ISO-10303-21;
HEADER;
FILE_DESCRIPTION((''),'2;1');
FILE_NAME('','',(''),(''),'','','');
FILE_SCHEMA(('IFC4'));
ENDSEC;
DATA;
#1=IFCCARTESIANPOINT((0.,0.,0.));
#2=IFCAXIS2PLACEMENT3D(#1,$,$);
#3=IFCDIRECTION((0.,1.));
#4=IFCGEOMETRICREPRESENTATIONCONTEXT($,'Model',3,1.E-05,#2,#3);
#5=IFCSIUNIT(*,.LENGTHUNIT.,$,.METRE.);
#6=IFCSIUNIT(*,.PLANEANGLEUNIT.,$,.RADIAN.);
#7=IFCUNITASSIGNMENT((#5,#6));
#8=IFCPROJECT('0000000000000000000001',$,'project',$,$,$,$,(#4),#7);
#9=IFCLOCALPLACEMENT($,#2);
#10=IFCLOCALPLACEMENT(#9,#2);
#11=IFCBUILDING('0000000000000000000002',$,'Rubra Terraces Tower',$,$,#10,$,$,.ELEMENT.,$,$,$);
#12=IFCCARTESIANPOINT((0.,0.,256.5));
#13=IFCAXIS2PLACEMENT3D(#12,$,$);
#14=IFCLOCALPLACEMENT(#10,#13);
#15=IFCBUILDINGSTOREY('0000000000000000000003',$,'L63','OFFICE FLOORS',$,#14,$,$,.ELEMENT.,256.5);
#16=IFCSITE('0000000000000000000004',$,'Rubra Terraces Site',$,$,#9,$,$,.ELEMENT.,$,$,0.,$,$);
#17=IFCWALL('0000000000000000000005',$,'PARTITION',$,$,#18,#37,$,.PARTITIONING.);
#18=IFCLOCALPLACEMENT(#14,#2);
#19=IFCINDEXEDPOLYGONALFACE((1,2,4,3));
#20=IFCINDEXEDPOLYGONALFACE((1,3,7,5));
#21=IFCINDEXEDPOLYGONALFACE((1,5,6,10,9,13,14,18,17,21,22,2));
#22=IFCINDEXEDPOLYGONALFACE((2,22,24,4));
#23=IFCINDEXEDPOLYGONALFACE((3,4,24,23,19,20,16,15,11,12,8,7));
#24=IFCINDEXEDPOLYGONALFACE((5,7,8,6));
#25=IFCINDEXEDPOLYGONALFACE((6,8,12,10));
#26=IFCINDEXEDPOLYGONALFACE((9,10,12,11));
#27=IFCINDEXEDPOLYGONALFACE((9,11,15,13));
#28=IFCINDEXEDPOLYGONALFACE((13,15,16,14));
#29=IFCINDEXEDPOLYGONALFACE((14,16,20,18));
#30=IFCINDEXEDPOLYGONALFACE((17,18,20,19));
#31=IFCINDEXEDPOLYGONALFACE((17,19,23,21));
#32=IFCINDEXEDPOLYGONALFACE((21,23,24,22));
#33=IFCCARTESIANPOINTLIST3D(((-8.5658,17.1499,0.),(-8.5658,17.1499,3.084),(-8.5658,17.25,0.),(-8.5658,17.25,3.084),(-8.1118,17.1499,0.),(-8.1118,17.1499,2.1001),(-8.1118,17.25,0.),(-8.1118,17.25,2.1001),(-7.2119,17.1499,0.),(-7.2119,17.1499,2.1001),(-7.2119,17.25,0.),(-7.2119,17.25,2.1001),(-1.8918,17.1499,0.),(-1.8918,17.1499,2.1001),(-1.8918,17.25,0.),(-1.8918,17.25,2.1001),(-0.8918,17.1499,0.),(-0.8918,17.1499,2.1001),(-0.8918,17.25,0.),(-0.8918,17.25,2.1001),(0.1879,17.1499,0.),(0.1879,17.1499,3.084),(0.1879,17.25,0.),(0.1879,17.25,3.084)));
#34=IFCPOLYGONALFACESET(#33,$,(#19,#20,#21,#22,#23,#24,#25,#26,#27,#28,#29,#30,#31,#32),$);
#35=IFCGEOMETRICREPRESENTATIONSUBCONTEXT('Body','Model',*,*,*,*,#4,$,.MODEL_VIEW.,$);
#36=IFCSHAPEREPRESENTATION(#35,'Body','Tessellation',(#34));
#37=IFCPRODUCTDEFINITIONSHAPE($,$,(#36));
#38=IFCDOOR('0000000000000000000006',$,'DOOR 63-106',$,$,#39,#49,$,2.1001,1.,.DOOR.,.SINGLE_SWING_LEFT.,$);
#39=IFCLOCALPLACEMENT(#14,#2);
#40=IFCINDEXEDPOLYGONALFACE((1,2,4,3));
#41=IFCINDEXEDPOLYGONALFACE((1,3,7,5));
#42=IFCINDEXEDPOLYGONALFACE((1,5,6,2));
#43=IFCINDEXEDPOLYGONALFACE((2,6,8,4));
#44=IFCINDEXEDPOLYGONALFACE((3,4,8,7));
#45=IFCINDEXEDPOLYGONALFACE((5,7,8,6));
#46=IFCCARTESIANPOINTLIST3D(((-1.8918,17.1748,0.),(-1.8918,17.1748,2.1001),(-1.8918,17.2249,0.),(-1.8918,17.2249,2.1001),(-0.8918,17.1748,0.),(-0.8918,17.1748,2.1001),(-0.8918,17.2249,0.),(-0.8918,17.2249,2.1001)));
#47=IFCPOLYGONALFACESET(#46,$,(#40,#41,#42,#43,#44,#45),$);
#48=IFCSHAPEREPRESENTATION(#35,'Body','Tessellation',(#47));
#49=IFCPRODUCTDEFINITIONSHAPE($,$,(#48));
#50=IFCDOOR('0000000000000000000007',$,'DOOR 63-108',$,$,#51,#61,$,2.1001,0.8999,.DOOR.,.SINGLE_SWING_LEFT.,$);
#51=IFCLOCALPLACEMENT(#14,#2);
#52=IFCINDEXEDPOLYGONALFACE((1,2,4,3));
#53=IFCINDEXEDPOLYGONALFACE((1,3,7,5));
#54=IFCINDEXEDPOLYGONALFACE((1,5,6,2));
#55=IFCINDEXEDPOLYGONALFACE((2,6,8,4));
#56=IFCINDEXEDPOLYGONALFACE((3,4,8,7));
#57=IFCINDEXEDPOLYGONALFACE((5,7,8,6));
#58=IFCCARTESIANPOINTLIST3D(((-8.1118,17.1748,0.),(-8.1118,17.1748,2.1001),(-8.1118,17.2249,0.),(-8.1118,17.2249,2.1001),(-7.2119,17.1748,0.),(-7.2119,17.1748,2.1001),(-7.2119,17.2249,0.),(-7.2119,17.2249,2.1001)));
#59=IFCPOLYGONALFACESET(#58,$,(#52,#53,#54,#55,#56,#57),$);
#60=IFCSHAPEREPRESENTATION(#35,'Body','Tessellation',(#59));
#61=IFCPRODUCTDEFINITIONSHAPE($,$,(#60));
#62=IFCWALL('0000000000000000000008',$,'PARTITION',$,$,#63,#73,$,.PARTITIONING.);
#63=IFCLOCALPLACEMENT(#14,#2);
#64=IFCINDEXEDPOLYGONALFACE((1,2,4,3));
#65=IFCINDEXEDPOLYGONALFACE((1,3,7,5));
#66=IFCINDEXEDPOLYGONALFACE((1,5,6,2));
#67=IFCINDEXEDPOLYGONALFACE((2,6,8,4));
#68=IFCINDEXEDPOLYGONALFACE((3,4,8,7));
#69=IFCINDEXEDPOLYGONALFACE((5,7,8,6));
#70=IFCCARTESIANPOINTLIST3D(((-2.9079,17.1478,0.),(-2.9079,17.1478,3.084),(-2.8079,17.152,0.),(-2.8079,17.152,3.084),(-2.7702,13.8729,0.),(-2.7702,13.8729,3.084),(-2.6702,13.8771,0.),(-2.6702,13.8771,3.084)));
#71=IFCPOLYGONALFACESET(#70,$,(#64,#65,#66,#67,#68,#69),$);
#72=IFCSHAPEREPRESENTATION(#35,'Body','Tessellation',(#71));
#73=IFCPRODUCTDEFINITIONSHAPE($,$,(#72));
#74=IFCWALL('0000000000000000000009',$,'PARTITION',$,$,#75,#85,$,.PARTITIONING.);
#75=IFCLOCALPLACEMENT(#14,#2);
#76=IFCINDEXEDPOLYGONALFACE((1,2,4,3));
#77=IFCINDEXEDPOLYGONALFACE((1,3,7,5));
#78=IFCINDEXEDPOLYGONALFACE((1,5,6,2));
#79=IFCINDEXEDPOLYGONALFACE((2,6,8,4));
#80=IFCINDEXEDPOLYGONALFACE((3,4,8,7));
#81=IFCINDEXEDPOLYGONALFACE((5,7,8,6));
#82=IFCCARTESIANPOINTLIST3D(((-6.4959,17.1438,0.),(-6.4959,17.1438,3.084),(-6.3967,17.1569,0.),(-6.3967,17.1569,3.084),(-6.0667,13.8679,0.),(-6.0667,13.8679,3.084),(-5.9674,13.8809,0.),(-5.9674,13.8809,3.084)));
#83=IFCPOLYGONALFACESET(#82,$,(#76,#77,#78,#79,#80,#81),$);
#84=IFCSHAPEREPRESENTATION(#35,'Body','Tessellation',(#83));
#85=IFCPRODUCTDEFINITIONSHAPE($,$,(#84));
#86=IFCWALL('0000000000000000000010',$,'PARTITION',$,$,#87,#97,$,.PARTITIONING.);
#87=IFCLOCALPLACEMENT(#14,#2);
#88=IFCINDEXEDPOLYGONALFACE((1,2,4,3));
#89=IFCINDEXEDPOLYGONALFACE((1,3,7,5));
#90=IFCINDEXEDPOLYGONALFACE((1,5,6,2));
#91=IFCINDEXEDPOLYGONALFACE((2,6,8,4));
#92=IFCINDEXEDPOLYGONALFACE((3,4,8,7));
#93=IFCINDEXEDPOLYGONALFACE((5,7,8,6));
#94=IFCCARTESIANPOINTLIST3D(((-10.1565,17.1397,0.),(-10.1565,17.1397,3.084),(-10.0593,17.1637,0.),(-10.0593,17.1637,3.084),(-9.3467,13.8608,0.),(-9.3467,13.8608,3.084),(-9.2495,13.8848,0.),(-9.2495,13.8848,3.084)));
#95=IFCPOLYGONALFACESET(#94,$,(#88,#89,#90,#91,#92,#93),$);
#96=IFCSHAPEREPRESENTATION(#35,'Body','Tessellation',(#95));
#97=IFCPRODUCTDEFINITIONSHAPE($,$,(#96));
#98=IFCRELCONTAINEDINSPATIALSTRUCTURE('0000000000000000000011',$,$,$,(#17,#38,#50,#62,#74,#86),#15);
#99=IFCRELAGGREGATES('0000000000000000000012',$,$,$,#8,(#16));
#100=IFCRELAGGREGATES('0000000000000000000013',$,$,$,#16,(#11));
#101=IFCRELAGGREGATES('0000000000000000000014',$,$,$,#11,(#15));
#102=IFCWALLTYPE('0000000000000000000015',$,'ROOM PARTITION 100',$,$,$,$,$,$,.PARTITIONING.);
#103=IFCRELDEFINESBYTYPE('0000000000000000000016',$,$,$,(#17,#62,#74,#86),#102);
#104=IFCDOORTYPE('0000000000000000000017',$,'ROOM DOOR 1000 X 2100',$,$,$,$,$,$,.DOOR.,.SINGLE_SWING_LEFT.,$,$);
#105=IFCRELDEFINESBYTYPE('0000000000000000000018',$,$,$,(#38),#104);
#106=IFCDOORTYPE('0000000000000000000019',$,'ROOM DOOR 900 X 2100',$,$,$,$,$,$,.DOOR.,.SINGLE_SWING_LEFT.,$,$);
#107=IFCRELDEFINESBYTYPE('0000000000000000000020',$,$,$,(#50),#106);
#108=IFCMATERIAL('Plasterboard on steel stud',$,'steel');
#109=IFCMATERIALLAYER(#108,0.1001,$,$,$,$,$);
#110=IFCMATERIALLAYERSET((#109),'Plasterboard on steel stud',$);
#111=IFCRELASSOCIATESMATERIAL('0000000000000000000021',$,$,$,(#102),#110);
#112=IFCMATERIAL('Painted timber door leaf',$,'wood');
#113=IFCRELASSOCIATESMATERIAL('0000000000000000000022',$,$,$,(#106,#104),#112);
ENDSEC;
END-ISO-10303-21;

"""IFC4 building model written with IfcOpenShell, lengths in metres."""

from ifc_helpers import new_model, si_unit, direction, frame, frame_2d, origin, place, context, subcontext, project, spatial, rectangle, extrude, material, layer, layer_set, type_object, element, fill, save


model = new_model("IFC4")

# Units and contexts
model_context = context("Model", 3, precision=1e-05, world=origin(), true_north=direction((0.0, 1.0)))
body_context = subcontext(model_context, "Body", "Model", "MODEL_VIEW")
ifc_project = project(units=[si_unit("LENGTHUNIT", "METRE"), si_unit("PLANEANGLEUNIT", "RADIAN")], contexts=[model_context])

# Site, building, storey
site_placement = place(None, origin())
site = spatial("IfcSite", under=ifc_project, at=site_placement, Name="Rubra Terraces Site", CompositionType="ELEMENT", RefElevation=0.0)
building_placement = place(site_placement, origin())
building = spatial("IfcBuilding", under=site, at=building_placement, Name="Rubra Terraces Tower", CompositionType="ELEMENT")
storey_placement = place(building_placement, frame((0.0, 0.0, 256.5)))
storey = spatial("IfcBuildingStorey", under=building, at=storey_placement, Name="L63", Description="OFFICE FLOORS", CompositionType="ELEMENT", Elevation=256.5)

# Shared definitions
ifc_material_1 = material(Name="Plasterboard on steel stud", Category="steel")
ifc_layer_1 = layer(ifc_material_1, 0.1001)
ifc_layer_set_1 = layer_set([ifc_layer_1], Name="Plasterboard on steel stud")
wall_type_1 = type_object("IfcWallType", Name="ROOM PARTITION 100", PredefinedType="PARTITIONING", material=ifc_layer_set_1)
ifc_material_2 = material(Name="Painted timber door leaf", Category="wood")
door_type_1 = type_object("IfcDoorType", Name="ROOM DOOR 900 X 2100", OperationType="SINGLE_SWING_LEFT", PredefinedType="DOOR", material=ifc_material_2)

# Wall, openings, doors
wall_1_placement = place(storey_placement, frame((-8.5659, 17.2, 0.0), z_axis=(0.0, 0.0, 1.0), x_axis=(1.0, 0.0, 0.0)))
wall_1 = element("IfcWall", 1, at=wall_1_placement, inside=storey, type_object=wall_type_1, Name="PARTITION", PredefinedType="PARTITIONING", context=body_context, shape_type="SweptSolid", body=[
    extrude(rectangle(XDim=8.7537, YDim=0.1001, at=frame_2d((4.377, 0.0))), origin(), (0.0, 0.0, 1.0), 3.084),
])
opening_1_placement = place(wall_1_placement, frame((6.6741, 0.0, 0.0)))
opening_1 = element("IfcOpeningElement", 2, at=opening_1_placement, cuts=wall_1, PredefinedType="OPENING", context=body_context, shape_type="SweptSolid", body=[
    extrude(rectangle(XDim=1.0, YDim=2.1001, at=frame_2d((0.5, 1.05))), frame((0.0, 0.0601, 0.0), z_axis=(0.0, -1.0, 0.0), x_axis=(1.0, 0.0, 0.0)), (0.0, 0.0, 1.0), 0.1201),
])
opening_2_placement = place(wall_1_placement, frame((0.4541, 0.0, 0.0)))
opening_2 = element("IfcOpeningElement", 3, at=opening_2_placement, cuts=wall_1, PredefinedType="OPENING", context=body_context, shape_type="SweptSolid", body=[
    extrude(rectangle(XDim=0.8999, YDim=2.1001, at=frame_2d((0.45, 1.05))), frame((0.0, 0.0601, 0.0), z_axis=(0.0, -1.0, 0.0), x_axis=(1.0, 0.0, 0.0)), (0.0, 0.0, 1.0), 0.1201),
])
door_type_2 = type_object("IfcDoorType", Name="ROOM DOOR 1000 X 2100", OperationType="SINGLE_SWING_LEFT", PredefinedType="DOOR", material=ifc_material_2)
door_1_placement = place(opening_1_placement, origin())
door_1 = element("IfcDoor", 4, at=door_1_placement, inside=storey, type_object=door_type_2, Name="DOOR 63-106", OperationType="SINGLE_SWING_LEFT", OverallHeight=2.1001, OverallWidth=1.0, PredefinedType="DOOR", context=body_context, shape_type="SweptSolid", body=[
    extrude(rectangle(XDim=1.0, YDim=2.1001, at=frame_2d((0.5, 1.05))), frame((0.0, 0.0249, 0.0), z_axis=(0.0, -1.0, 0.0), x_axis=(1.0, 0.0, 0.0)), (0.0, 0.0, 1.0), 0.05),
])
fill(opening_1, door_1)
door_2_placement = place(opening_2_placement, origin())
door_2 = element("IfcDoor", 5, at=door_2_placement, inside=storey, type_object=door_type_1, Name="DOOR 63-108", OperationType="SINGLE_SWING_LEFT", OverallHeight=2.1001, OverallWidth=0.8999, PredefinedType="DOOR", context=body_context, shape_type="SweptSolid", body=[
    extrude(rectangle(XDim=0.8999, YDim=2.1001, at=frame_2d((0.45, 1.05))), frame((0.0, 0.0249, 0.0), z_axis=(0.0, -1.0, 0.0), x_axis=(1.0, 0.0, 0.0)), (0.0, 0.0, 1.0), 0.05),
])
fill(opening_2, door_2)

# Walls
wall_2_placement = place(storey_placement, frame((-2.7202, 13.875, 0.0), z_axis=(0.0, 0.0, 1.0), x_axis=(-0.042009, 0.999117, 0.0)))
element("IfcWall", 6, at=wall_2_placement, inside=storey, type_object=wall_type_1, Name="PARTITION", PredefinedType="PARTITIONING", context=body_context, shape_type="SweptSolid", body=[
    extrude(rectangle(XDim=3.2778, YDim=0.1001, at=frame_2d((1.6389, 0.0))), origin(), (0.0, 0.0, 1.0), 3.084),
])
wall_3_placement = place(storey_placement, frame((-6.0171, 13.8745, 0.0), z_axis=(0.0, 0.0, 1.0), x_axis=(-0.129908, 0.991526, 0.0)))
element("IfcWall", 7, at=wall_3_placement, inside=storey, type_object=wall_type_1, Name="PARTITION", PredefinedType="PARTITIONING", context=body_context, shape_type="SweptSolid", body=[
    extrude(rectangle(XDim=3.304, YDim=0.1001, at=frame_2d((1.6519, 0.0))), origin(), (0.0, 0.0, 1.0), 3.084),
])
wall_4_placement = place(storey_placement, frame((-9.2981, 13.8728, 0.0), z_axis=(0.0, 0.0, 1.0), x_axis=(-0.239779, 0.970827, 0.0)))
element("IfcWall", 8, at=wall_4_placement, inside=storey, type_object=wall_type_1, Name="PARTITION", PredefinedType="PARTITIONING", context=body_context, shape_type="SweptSolid", body=[
    extrude(rectangle(XDim=3.3774, YDim=0.1001, at=frame_2d((1.6887, 0.0))), origin(), (0.0, 0.0, 1.0), 3.084),
])

save(model, "model.ifc")
